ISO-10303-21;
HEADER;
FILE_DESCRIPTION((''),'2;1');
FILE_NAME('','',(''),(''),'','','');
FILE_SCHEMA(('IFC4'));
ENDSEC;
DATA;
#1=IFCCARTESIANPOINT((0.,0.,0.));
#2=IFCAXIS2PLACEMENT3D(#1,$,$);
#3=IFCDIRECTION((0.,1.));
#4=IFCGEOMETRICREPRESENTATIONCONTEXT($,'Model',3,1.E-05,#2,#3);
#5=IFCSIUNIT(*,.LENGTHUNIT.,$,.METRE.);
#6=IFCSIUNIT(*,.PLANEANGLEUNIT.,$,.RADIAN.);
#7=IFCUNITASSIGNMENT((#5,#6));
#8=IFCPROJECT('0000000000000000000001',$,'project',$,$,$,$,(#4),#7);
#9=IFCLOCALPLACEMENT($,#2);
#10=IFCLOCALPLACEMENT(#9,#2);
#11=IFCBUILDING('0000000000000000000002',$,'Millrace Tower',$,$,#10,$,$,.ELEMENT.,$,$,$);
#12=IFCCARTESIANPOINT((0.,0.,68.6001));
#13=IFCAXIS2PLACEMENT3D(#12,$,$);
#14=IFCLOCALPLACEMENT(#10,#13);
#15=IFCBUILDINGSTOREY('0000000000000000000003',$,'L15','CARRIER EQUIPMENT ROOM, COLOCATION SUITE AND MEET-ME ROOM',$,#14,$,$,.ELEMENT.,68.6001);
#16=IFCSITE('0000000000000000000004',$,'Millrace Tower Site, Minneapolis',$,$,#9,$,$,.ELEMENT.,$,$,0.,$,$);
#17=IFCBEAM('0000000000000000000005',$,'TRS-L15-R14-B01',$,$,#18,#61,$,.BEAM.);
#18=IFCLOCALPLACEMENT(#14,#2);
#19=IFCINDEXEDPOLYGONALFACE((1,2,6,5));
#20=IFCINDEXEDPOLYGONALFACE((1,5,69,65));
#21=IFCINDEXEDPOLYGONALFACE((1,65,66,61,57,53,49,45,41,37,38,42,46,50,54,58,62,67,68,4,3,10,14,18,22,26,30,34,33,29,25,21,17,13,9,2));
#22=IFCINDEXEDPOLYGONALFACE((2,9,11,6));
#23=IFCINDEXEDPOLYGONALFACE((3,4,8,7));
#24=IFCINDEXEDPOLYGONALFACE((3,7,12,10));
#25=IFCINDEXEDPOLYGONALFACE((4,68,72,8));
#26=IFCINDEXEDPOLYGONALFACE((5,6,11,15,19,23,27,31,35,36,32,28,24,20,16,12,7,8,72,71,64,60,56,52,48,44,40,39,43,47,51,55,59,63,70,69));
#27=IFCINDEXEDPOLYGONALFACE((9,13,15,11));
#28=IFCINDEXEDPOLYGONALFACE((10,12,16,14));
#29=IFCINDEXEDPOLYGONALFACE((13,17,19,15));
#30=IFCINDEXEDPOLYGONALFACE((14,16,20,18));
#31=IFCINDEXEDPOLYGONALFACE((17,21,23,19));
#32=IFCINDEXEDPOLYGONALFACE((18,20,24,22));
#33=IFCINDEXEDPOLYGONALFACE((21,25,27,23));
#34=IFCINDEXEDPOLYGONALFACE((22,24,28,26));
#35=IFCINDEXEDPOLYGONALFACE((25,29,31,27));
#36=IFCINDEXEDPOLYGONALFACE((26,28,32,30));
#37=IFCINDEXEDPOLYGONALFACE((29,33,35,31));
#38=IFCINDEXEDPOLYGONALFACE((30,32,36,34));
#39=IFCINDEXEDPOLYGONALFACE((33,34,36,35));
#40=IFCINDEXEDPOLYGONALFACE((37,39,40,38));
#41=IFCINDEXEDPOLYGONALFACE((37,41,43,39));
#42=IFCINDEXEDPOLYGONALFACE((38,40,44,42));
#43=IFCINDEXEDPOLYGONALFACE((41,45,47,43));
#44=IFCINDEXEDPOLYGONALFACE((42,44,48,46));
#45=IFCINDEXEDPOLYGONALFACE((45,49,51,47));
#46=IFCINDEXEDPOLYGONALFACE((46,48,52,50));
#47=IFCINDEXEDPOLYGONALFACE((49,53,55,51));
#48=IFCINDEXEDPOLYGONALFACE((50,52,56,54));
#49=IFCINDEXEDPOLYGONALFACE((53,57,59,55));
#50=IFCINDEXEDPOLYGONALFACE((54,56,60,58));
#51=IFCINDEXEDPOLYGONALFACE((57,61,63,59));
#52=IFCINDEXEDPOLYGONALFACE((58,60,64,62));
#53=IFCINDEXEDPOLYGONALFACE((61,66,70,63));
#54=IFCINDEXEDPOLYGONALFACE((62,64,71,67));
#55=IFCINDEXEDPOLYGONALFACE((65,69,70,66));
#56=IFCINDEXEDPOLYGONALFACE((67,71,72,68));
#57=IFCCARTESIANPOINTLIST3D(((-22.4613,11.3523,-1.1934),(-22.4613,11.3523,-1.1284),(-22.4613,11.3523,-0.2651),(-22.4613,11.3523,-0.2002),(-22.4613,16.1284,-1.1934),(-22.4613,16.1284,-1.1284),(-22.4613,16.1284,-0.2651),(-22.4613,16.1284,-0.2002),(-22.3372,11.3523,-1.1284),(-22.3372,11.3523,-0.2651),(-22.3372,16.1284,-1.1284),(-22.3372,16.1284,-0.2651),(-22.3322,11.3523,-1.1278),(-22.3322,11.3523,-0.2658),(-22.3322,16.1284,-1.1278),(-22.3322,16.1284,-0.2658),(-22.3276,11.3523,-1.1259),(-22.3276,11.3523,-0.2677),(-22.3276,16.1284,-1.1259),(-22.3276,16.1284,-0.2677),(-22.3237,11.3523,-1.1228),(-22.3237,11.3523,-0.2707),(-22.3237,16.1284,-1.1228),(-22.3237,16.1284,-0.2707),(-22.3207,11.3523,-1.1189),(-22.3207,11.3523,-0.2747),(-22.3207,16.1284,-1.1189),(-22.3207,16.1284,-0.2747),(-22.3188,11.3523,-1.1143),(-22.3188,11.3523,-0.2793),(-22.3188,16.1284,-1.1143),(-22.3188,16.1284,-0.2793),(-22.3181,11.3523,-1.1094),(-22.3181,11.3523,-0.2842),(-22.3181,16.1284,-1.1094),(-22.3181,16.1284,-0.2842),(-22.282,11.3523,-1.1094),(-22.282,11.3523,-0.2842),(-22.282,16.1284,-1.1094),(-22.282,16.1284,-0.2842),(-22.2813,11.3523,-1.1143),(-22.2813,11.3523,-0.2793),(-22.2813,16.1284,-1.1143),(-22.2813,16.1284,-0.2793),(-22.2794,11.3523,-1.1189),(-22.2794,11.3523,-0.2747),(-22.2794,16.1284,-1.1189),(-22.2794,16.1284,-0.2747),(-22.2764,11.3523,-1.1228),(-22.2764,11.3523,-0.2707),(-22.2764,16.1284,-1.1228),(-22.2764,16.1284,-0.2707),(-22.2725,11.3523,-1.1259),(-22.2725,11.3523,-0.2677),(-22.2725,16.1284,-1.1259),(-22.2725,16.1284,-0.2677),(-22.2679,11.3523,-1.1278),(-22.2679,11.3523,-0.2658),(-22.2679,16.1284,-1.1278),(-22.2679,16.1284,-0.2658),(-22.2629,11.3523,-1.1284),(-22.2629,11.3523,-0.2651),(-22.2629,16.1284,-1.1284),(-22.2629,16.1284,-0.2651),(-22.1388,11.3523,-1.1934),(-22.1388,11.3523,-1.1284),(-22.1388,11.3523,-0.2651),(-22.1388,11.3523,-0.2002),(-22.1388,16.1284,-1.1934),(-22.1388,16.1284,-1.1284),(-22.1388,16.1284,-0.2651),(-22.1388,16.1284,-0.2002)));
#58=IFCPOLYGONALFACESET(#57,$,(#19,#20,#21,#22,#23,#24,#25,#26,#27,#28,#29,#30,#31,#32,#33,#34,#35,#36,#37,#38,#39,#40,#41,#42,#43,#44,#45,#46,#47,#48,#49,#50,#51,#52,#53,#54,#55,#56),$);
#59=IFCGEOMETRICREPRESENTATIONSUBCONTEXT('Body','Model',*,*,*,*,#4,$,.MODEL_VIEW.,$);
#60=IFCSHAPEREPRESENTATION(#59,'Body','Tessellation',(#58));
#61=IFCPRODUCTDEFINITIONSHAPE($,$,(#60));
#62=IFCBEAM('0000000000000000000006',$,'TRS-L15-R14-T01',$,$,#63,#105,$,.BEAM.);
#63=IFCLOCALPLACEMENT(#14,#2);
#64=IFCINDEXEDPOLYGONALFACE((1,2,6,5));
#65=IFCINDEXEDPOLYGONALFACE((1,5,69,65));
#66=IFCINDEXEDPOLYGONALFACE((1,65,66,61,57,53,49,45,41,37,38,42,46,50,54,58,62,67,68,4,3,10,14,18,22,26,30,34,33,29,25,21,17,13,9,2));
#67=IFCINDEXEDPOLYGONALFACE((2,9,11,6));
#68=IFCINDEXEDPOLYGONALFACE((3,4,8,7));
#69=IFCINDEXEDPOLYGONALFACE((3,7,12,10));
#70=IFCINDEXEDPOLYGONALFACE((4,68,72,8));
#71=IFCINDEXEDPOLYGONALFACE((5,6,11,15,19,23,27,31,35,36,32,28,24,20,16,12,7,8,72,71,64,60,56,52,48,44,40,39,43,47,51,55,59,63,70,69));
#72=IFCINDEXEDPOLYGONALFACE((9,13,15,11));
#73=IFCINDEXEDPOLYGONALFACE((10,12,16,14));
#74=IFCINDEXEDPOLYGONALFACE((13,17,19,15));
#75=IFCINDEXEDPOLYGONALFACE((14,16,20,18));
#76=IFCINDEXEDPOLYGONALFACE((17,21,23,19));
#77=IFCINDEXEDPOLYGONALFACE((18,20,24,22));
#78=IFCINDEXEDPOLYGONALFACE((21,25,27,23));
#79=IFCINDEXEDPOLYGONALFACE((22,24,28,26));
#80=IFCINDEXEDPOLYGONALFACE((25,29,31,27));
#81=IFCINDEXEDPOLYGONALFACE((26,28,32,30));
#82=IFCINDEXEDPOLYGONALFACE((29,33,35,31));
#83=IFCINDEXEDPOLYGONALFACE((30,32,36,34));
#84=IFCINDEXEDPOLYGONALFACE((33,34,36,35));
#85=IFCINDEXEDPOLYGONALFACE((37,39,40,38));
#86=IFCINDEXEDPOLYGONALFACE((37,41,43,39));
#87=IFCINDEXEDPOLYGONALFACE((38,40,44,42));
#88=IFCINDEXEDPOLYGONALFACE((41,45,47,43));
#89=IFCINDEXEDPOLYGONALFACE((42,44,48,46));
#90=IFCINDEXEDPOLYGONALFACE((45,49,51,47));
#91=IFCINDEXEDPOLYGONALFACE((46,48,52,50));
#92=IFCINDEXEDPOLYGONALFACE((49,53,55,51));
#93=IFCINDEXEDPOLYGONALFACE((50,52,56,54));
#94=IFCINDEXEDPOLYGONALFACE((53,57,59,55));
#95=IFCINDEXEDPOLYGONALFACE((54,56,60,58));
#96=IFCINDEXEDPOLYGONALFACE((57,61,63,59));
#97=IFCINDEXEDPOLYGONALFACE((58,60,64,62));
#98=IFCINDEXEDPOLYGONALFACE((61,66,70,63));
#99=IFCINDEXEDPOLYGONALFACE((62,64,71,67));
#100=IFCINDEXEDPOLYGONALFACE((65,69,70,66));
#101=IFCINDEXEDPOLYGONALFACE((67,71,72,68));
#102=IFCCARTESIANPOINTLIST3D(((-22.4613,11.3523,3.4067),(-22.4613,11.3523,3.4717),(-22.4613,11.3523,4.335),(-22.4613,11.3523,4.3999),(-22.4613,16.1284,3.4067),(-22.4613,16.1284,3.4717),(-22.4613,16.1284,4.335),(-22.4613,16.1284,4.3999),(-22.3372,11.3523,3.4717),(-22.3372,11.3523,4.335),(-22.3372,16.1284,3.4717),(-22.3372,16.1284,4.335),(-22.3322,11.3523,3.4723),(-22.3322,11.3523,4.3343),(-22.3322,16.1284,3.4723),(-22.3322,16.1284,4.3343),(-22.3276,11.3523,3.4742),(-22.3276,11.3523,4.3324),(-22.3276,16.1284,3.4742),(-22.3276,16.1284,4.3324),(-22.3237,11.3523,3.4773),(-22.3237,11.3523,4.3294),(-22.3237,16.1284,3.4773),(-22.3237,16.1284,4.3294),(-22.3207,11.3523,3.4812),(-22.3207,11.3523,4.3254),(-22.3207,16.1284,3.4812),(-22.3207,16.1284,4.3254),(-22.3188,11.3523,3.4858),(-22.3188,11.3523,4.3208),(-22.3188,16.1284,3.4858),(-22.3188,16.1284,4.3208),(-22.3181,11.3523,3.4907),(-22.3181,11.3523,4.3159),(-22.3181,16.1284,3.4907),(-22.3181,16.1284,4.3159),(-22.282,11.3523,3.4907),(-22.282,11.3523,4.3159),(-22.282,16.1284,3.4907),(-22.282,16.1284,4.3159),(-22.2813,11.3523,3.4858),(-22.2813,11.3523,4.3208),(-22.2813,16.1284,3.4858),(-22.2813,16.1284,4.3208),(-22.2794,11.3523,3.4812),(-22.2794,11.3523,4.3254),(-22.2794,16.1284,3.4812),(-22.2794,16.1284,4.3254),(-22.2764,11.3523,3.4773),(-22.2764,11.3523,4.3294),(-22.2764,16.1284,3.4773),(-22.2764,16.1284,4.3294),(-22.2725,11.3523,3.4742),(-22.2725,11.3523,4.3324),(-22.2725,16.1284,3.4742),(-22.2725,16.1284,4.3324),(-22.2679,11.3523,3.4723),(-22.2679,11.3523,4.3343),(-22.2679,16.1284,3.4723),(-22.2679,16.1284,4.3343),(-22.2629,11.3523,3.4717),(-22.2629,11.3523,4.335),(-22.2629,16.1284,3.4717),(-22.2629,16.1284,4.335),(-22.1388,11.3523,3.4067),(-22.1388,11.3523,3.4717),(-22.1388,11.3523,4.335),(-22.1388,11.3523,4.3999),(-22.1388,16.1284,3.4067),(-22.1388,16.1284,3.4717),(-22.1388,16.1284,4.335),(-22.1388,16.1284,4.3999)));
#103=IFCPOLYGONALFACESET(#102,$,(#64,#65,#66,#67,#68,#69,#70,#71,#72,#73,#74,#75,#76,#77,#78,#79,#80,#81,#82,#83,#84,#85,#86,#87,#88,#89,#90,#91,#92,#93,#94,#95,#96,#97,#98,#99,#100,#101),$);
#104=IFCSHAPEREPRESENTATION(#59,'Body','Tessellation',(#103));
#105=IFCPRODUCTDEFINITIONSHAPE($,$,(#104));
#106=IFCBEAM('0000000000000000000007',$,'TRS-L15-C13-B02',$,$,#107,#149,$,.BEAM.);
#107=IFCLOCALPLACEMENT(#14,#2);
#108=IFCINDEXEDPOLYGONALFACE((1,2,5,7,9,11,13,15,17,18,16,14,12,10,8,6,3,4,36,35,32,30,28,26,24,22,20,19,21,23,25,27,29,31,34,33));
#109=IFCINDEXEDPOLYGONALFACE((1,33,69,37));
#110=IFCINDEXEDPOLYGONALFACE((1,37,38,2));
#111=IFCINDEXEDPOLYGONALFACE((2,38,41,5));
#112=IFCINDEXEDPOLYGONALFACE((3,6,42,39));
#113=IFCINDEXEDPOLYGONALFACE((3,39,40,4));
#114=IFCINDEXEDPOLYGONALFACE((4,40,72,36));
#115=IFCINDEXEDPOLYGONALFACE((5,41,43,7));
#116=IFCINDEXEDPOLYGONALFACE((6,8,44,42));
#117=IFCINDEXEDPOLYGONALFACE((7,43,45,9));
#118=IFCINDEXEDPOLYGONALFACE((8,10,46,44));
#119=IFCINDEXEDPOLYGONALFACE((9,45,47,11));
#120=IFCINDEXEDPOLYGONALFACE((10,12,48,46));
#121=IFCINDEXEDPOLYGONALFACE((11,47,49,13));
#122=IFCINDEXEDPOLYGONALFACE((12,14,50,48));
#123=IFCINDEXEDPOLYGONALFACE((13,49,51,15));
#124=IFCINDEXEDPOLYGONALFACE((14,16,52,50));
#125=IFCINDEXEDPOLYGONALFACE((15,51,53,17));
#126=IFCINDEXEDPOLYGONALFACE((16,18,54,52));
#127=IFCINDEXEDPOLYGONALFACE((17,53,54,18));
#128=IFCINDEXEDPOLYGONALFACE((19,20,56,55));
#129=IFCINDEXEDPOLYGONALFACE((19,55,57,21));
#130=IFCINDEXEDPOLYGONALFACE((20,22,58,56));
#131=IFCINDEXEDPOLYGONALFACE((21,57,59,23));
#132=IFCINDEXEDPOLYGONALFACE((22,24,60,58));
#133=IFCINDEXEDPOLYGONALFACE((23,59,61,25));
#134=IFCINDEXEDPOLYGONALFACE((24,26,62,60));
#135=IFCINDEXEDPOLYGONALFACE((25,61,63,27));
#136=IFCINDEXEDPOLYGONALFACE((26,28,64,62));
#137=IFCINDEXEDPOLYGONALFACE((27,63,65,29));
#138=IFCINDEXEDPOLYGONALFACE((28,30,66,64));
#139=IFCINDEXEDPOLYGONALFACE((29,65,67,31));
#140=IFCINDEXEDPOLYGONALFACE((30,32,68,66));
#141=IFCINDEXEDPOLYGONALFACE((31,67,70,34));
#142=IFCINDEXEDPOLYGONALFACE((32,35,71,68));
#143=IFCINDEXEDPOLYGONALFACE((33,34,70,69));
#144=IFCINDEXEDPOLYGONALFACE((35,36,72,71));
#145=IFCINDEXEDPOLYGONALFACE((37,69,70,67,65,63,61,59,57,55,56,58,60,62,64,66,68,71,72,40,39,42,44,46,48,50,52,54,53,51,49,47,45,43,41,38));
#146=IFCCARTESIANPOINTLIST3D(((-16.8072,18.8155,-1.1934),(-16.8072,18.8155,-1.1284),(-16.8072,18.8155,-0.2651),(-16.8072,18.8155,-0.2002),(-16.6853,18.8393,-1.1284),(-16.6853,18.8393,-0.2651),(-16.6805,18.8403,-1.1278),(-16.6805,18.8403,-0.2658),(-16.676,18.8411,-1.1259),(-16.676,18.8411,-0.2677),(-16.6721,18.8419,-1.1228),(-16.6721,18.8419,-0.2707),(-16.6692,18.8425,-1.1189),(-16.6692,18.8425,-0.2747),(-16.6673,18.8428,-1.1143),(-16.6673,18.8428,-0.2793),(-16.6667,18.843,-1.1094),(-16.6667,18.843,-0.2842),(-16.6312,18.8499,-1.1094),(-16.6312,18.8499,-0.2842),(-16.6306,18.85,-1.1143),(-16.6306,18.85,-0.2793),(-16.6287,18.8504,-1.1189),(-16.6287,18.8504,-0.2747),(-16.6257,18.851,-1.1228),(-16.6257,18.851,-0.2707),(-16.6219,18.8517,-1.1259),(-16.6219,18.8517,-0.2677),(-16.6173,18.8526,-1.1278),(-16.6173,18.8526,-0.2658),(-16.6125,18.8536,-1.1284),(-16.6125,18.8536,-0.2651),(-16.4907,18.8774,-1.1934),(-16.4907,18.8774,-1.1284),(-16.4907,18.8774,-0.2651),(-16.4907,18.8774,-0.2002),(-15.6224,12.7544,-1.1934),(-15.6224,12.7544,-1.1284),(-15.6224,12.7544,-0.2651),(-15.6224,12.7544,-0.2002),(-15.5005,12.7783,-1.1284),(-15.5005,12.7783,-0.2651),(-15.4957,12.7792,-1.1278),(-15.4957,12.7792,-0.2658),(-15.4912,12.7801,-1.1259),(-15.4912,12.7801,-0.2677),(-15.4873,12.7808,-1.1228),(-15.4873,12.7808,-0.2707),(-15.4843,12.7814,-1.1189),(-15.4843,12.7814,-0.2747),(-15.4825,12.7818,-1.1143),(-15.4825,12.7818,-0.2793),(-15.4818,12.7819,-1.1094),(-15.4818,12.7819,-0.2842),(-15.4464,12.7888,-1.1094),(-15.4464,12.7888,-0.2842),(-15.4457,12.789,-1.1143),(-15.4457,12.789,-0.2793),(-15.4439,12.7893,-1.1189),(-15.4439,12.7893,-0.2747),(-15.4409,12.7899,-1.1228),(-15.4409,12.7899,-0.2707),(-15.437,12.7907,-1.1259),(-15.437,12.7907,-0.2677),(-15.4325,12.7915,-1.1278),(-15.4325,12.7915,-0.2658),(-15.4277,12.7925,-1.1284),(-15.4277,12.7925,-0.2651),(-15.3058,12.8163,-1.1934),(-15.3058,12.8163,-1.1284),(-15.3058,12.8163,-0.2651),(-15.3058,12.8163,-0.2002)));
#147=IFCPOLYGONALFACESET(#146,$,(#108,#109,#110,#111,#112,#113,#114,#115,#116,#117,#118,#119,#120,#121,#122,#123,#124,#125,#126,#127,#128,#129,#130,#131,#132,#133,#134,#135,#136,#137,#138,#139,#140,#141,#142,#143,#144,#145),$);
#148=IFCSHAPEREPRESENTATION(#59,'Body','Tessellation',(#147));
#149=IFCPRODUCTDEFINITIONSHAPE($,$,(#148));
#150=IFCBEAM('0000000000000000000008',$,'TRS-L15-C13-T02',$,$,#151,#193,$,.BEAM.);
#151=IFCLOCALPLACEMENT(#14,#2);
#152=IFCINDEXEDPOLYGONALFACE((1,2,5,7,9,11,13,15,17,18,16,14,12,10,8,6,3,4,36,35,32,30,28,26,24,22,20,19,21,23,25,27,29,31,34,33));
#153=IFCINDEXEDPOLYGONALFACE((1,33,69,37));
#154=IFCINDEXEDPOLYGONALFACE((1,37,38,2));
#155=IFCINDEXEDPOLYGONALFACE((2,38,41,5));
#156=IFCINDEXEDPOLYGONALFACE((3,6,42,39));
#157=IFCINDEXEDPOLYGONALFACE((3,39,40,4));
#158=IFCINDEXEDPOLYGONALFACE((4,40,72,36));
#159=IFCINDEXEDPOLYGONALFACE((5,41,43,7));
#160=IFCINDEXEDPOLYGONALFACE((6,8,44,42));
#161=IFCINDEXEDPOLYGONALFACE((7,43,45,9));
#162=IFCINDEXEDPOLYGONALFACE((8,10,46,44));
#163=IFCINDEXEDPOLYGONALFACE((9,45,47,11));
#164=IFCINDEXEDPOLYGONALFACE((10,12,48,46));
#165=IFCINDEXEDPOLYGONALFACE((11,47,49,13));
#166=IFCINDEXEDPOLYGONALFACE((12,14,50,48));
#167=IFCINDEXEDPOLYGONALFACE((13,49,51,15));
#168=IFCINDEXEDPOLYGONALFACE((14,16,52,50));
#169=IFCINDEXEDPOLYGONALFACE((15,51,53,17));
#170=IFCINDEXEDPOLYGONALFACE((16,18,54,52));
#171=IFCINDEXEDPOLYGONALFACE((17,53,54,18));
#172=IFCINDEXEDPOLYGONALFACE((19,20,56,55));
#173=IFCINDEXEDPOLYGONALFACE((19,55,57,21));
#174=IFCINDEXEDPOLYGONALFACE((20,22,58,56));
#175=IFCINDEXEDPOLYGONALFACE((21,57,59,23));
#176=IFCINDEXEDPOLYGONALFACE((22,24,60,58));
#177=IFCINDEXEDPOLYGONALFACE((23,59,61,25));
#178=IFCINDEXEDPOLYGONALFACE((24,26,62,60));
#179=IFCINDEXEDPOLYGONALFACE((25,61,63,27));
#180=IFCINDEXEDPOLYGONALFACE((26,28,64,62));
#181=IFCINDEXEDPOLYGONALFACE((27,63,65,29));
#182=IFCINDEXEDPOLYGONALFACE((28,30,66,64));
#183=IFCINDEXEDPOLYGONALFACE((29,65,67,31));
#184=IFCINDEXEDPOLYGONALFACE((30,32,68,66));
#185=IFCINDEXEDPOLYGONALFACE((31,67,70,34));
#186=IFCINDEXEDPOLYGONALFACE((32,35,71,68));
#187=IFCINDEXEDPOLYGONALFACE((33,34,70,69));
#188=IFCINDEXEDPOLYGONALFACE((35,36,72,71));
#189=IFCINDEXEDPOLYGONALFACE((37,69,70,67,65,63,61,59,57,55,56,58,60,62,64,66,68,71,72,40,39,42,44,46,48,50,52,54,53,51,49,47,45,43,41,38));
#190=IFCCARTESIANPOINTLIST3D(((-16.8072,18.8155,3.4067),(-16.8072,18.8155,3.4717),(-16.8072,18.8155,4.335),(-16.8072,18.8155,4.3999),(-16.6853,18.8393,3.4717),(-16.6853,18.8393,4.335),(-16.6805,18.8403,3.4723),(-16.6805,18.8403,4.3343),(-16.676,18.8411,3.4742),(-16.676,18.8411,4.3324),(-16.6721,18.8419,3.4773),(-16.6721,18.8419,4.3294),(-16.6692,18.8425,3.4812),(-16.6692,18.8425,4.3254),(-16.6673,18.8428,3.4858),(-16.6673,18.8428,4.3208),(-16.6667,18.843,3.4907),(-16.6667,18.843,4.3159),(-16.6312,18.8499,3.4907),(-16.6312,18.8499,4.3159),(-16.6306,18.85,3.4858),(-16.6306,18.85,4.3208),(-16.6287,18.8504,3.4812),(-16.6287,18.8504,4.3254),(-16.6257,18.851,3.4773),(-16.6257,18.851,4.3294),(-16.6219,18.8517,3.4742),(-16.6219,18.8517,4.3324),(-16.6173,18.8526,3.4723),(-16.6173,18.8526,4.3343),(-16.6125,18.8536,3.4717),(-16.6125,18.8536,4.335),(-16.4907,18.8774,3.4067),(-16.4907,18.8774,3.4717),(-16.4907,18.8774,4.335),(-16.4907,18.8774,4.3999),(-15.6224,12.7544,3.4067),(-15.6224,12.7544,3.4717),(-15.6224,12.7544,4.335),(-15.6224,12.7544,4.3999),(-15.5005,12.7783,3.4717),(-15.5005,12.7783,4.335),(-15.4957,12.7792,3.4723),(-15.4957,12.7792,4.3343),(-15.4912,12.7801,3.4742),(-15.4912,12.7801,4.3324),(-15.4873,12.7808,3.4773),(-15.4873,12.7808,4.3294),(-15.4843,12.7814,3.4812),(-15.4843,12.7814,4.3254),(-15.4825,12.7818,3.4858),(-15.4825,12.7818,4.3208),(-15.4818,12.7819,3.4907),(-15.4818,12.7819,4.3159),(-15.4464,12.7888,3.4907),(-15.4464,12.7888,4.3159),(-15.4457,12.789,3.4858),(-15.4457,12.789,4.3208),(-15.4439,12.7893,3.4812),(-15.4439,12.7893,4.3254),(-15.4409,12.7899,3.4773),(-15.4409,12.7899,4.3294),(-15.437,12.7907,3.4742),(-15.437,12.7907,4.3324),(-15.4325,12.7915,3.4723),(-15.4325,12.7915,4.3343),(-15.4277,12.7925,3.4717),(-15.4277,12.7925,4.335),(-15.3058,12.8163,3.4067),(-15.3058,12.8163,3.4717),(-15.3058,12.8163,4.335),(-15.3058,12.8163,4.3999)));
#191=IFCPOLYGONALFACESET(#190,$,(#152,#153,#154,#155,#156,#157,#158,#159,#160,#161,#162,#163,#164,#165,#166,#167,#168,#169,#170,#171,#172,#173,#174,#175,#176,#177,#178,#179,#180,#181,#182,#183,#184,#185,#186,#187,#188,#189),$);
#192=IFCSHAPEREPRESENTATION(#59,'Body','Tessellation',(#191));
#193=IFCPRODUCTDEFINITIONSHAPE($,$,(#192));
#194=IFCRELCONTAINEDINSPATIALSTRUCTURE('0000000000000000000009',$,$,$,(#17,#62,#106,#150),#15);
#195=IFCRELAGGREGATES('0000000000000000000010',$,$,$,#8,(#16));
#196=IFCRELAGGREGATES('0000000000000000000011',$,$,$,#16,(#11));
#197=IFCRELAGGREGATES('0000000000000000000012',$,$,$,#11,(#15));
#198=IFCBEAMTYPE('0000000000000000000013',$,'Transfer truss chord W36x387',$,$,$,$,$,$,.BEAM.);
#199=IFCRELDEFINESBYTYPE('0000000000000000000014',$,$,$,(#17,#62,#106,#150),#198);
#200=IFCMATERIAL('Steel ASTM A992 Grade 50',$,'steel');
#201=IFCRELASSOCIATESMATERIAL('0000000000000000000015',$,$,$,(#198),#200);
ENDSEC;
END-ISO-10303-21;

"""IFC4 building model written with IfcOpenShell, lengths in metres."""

from ifc_helpers import new_model, si_unit, direction, frame, origin, origin_2d, place, context, subcontext, project, spatial, i_section, extrude, material, material_profile, profile_set, type_object, element, save


model = new_model("IFC4")

# Units and contexts
model_context = context("Model", 3, precision=1e-05, world=origin(), true_north=direction((0.0, 1.0)))
body_context = subcontext(model_context, "Body", "Model", "MODEL_VIEW")
ifc_project = project(units=[si_unit("LENGTHUNIT", "METRE"), si_unit("PLANEANGLEUNIT", "RADIAN")], contexts=[model_context])

# Site, building, storey
site_placement = place(None, origin())
site = spatial("IfcSite", under=ifc_project, at=site_placement, Name="Millrace Tower Site, Minneapolis", CompositionType="ELEMENT", RefElevation=0.0)
building_placement = place(site_placement, origin())
building = spatial("IfcBuilding", under=site, at=building_placement, Name="Millrace Tower", CompositionType="ELEMENT")
storey_placement = place(building_placement, frame((0.0, 0.0, 68.6001)))
storey = spatial("IfcBuildingStorey", under=building, at=storey_placement, Name="L15", Description="CARRIER EQUIPMENT ROOM, COLOCATION SUITE AND MEET-ME ROOM", CompositionType="ELEMENT", Elevation=68.6001)

# Beams
ifc_material_1 = material(Name="Steel ASTM A992 Grade 50", Category="steel")
ifc_material_profile_1 = material_profile(ifc_material_1, i_section(OverallWidth=0.3225, OverallDepth=0.9932, WebThickness=0.0361, FlangeThickness=0.0649, FilletRadius=0.019, at=origin_2d()))
ifc_profile_set_1 = profile_set([ifc_material_profile_1], Name="Steel ASTM A992 Grade 50")
beam_type_1 = type_object("IfcBeamType", Name="Transfer truss chord W36x387", PredefinedType="BEAM", material=ifc_profile_set_1)
for number, where, z_axis, x_axis, name in (
    (1, (-22.3, 16.1284, -0.6968), (0.0, -1.0, 0.0), (1.0, 0.0, 0.0), "TRS-L15-R14-B01"),
    (2, (-22.3, 16.1284, 3.9033), (0.0, -1.0, 0.0), (1.0, 0.0, 0.0), "TRS-L15-R14-T01"),
):
    element("IfcBeam", number, at=place(storey_placement, frame(where, z_axis=z_axis, x_axis=x_axis)), inside=storey, type_object=beam_type_1, Name=name, PredefinedType="BEAM", context=body_context, shape_type="SweptSolid", body=[
        extrude(i_section(OverallWidth=0.3225, OverallDepth=0.9932, WebThickness=0.0361, FlangeThickness=0.0649, FilletRadius=0.019, at=origin_2d()), origin(), (0.0, 0.0, 1.0), 4.7761),
    ])
for number, where, z_axis, x_axis, name in (
    (3, (-16.6489, 18.8464, -0.6968), (0.191849, -0.981424, 0.0), (0.981424, 0.191849, 0.0), "TRS-L15-C13-B02"),
    (4, (-16.6489, 18.8464, 3.9033), (0.191849, -0.981424, 0.0), (0.981424, 0.191849, 0.0), "TRS-L15-C13-T02"),
):
    element("IfcBeam", number, at=place(storey_placement, frame(where, z_axis=z_axis, x_axis=x_axis)), inside=storey, type_object=beam_type_1, Name=name, PredefinedType="BEAM", context=body_context, shape_type="SweptSolid", body=[
        extrude(i_section(OverallWidth=0.3225, OverallDepth=0.9932, WebThickness=0.0361, FlangeThickness=0.0649, FilletRadius=0.019, at=origin_2d()), origin(), (0.0, 0.0, 1.0), 6.1758),
    ])

save(model, "model.ifc")
